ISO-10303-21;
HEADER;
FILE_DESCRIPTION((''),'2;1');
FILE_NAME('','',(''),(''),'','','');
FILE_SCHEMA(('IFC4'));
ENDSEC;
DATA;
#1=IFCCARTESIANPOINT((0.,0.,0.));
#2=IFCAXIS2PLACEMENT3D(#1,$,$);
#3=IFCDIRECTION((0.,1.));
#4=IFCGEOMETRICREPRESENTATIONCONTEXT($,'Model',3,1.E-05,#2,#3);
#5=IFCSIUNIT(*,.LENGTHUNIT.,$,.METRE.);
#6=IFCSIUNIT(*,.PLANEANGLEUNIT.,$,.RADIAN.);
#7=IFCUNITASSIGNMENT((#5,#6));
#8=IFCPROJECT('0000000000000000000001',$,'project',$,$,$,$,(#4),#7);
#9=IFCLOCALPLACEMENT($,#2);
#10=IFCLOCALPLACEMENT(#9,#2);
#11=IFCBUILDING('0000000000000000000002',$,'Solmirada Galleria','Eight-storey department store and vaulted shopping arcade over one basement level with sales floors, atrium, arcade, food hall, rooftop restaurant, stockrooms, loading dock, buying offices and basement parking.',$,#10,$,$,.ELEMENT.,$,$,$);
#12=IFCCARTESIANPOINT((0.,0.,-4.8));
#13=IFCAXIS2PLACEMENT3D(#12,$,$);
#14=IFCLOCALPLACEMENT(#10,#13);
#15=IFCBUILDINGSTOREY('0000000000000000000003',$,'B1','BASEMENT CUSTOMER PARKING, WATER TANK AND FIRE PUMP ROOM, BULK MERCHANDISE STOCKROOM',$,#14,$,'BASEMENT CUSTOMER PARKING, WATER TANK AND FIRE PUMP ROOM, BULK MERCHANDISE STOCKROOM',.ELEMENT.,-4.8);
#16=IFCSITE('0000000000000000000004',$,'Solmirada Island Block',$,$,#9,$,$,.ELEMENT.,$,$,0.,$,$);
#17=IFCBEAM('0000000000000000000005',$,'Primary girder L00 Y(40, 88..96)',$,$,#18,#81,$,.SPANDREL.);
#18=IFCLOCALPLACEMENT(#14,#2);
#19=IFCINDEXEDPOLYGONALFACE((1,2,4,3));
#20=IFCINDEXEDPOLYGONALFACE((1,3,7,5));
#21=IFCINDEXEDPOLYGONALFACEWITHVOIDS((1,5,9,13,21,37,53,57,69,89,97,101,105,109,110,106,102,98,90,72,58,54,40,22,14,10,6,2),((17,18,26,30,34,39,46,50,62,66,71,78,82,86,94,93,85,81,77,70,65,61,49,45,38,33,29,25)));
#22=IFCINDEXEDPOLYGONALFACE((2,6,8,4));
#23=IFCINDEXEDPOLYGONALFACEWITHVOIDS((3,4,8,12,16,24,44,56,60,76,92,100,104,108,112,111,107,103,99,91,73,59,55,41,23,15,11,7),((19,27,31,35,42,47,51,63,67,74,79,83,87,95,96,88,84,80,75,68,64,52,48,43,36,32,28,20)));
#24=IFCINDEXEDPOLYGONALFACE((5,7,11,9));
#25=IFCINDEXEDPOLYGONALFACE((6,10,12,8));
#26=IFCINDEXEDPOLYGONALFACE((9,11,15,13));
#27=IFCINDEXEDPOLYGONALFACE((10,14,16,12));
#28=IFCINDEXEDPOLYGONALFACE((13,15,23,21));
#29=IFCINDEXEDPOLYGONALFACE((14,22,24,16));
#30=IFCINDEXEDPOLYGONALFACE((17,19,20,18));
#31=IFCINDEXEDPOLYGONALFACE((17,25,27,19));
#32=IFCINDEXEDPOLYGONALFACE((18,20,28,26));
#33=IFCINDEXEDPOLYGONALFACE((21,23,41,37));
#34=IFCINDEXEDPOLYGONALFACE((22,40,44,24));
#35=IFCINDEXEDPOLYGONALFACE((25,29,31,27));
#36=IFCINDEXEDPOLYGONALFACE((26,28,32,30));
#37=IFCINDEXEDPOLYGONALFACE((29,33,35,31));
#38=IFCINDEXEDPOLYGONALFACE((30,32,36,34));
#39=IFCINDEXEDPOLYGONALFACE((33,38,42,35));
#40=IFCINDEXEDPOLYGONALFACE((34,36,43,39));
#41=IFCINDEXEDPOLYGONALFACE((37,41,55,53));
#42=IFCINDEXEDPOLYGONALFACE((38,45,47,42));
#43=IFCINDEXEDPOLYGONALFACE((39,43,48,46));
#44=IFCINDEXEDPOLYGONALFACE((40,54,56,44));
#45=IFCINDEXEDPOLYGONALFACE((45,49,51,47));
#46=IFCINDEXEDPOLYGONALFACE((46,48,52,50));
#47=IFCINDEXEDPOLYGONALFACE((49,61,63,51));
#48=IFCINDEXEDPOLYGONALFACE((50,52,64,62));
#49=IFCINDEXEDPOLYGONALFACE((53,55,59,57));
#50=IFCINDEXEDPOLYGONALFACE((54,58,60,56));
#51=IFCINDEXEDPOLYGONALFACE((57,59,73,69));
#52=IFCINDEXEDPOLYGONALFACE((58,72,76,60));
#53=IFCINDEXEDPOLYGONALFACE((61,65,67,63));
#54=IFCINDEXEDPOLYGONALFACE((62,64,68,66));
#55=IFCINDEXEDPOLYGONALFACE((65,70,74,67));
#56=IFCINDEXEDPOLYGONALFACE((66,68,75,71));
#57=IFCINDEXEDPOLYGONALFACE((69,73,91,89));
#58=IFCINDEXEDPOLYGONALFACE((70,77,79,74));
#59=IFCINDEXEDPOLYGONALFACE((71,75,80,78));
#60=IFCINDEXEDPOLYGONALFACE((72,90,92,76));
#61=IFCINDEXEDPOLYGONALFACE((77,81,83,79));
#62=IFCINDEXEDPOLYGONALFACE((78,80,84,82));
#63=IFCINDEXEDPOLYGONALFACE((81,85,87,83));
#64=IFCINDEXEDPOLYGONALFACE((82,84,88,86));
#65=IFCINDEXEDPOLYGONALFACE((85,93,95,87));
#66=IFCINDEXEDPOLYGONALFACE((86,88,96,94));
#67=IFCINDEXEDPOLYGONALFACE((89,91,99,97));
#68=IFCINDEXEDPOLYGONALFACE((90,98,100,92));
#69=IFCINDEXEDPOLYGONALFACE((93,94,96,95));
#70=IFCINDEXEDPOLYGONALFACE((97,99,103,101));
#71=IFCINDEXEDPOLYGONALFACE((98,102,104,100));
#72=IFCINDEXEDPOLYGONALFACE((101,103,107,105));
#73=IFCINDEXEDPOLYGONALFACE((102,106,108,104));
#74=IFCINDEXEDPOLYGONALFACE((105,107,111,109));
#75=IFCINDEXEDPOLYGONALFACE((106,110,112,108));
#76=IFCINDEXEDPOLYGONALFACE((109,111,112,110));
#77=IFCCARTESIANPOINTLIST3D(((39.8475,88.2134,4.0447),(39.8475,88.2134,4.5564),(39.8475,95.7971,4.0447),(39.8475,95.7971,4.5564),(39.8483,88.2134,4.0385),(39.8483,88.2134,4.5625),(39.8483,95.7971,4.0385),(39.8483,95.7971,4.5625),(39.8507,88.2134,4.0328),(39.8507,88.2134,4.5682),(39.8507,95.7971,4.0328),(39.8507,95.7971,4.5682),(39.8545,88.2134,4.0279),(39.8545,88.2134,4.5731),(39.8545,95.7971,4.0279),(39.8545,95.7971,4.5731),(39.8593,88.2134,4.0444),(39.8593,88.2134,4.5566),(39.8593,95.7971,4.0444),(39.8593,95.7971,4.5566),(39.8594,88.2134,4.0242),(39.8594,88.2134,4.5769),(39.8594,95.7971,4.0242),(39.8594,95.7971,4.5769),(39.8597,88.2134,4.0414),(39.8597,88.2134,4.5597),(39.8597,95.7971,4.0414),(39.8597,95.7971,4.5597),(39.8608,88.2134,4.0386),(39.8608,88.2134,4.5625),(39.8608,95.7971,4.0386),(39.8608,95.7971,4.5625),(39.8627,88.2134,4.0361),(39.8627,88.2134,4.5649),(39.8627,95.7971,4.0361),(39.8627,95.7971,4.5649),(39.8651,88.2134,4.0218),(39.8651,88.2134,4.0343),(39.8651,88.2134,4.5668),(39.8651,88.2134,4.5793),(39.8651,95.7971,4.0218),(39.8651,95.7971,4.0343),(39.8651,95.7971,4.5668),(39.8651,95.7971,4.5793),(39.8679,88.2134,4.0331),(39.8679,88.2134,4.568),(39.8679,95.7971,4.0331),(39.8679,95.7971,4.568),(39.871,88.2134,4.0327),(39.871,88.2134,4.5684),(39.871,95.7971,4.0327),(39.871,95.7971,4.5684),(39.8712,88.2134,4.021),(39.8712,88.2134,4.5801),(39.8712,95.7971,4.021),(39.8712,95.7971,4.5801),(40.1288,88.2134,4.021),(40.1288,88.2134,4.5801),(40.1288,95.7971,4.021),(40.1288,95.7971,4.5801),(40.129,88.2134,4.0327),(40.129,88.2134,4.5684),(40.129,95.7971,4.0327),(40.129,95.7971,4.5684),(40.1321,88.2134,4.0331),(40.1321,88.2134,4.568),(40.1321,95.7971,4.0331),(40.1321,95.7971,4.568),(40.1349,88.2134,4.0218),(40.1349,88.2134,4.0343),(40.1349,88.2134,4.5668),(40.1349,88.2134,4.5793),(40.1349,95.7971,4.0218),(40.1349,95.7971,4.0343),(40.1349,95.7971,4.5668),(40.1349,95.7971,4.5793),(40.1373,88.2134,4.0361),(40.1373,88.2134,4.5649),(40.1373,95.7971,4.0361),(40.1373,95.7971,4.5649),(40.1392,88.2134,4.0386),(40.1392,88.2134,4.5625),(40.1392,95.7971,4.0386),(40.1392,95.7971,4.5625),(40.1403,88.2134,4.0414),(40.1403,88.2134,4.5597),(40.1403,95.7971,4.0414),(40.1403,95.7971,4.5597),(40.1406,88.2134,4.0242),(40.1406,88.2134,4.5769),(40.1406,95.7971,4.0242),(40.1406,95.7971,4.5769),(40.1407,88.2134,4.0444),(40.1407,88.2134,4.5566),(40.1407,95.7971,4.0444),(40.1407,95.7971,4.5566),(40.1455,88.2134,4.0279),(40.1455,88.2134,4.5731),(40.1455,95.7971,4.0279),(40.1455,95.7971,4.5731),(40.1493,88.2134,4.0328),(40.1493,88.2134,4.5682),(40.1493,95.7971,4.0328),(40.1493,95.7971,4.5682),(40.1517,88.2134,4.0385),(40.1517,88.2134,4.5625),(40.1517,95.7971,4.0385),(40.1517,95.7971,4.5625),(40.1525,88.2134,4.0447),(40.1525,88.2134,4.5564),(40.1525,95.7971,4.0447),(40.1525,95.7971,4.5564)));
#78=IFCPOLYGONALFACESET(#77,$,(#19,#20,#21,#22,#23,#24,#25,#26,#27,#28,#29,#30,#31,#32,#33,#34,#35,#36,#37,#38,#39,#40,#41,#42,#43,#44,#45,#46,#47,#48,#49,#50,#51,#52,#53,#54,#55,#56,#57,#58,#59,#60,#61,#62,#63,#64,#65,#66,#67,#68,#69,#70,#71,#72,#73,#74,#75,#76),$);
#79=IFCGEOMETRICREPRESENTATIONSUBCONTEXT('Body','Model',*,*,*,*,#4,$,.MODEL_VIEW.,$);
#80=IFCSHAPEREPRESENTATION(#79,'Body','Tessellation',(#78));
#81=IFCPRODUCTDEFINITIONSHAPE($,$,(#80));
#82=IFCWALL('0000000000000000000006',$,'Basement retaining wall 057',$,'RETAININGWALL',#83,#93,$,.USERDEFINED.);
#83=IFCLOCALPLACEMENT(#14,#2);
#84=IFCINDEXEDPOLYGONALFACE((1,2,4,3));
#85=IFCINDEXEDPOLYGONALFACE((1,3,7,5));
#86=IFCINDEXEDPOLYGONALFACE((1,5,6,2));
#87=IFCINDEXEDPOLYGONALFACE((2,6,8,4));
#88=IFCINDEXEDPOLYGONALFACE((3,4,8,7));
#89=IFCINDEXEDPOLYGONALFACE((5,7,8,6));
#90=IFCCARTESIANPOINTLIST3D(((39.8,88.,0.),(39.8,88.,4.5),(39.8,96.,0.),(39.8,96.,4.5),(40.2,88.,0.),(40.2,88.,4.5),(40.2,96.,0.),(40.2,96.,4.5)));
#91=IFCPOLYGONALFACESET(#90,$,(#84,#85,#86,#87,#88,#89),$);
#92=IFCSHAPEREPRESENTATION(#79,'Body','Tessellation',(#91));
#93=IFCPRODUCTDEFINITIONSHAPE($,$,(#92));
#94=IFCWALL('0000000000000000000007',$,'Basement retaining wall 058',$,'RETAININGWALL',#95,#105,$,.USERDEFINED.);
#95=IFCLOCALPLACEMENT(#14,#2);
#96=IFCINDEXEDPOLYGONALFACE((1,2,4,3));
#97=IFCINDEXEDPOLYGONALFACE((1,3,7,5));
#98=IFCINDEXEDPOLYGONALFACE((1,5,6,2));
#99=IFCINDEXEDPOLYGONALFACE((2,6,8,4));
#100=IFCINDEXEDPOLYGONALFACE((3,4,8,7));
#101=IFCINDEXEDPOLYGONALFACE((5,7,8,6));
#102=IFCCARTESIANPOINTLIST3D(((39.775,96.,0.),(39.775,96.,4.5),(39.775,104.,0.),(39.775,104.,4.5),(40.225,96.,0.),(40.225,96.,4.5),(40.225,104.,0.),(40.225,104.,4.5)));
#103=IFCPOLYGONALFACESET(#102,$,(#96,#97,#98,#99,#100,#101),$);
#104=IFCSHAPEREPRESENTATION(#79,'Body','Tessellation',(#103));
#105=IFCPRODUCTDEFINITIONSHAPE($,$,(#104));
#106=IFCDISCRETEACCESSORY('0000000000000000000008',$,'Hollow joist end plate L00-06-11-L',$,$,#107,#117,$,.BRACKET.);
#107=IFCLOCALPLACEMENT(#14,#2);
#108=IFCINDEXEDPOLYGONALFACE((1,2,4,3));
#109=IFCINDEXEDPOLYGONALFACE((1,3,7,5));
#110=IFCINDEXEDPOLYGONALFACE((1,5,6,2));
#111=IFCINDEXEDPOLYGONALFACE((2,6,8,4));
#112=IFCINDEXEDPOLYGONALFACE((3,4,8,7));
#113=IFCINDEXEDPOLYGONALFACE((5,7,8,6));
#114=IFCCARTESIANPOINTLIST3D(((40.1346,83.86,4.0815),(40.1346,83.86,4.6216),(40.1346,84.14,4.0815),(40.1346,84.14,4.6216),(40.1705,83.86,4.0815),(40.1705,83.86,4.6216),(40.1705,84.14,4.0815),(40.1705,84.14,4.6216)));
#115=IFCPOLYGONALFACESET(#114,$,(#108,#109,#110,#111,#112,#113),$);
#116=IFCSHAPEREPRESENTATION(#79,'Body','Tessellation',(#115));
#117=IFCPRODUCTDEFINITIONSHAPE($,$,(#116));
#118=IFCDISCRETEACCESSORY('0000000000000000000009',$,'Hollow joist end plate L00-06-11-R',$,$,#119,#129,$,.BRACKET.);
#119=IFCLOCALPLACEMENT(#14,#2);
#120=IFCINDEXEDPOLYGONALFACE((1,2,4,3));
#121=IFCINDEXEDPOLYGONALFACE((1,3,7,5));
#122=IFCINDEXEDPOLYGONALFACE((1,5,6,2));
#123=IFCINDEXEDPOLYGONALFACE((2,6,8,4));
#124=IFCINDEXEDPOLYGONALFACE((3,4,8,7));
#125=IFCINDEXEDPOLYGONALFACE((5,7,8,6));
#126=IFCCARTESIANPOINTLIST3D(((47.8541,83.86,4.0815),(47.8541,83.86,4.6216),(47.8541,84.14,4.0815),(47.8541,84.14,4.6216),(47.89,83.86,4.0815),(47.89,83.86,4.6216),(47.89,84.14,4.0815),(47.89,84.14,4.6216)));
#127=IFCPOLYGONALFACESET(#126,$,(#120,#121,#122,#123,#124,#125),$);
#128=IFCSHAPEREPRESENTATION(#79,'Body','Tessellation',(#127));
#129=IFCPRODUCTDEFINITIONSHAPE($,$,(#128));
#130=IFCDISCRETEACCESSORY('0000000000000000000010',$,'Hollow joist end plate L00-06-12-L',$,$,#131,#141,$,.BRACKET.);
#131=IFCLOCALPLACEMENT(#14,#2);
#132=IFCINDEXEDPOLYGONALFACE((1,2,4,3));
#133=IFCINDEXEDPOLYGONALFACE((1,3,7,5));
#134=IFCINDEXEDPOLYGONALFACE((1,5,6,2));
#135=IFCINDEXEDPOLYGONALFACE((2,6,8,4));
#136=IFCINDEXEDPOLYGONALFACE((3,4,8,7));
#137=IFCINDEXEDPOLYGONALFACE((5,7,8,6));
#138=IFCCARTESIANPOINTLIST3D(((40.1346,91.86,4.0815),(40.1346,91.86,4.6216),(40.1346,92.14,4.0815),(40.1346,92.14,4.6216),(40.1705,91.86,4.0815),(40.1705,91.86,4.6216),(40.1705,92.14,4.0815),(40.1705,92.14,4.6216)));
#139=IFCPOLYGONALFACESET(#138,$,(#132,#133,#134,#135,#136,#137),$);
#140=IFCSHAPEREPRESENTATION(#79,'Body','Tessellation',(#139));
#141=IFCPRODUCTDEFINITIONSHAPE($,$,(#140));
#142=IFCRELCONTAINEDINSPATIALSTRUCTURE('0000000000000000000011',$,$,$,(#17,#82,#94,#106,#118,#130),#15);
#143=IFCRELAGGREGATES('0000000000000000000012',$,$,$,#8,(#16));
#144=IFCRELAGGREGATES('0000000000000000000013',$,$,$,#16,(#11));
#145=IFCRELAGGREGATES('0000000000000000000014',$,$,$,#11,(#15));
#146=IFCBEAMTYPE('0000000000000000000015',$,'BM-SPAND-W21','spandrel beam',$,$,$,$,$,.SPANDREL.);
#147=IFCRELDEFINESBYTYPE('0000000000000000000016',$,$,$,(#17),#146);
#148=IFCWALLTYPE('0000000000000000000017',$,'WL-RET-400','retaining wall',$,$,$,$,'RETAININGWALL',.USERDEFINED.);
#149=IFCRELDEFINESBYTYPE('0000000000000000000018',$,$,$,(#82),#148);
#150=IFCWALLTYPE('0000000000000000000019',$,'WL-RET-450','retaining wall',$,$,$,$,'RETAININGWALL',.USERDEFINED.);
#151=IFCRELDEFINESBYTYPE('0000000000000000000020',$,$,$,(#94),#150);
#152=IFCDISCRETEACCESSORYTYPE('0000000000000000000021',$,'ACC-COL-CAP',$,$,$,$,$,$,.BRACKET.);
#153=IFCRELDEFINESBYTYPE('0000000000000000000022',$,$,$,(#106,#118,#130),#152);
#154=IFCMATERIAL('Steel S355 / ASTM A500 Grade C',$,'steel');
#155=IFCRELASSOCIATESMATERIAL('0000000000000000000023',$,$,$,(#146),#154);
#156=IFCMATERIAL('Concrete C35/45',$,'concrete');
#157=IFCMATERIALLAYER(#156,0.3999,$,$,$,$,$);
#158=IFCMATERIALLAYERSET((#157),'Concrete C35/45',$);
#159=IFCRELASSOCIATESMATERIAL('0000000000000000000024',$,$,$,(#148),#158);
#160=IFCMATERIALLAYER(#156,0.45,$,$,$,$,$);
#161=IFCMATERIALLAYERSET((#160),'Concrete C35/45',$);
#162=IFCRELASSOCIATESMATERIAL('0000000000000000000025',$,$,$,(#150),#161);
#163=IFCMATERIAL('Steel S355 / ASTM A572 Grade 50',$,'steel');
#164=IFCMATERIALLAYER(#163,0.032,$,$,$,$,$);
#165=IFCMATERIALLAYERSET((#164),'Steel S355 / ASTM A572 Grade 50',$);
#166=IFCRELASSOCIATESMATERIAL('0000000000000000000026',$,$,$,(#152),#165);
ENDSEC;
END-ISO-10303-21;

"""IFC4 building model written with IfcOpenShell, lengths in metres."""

from ifc_helpers import new_model, si_unit, direction, frame, frame_2d, origin, origin_2d, place, context, subcontext, project, spatial, rectangle, hollow_rectangle, extrude, material, layer, layer_set, material_profile, profile_set, type_object, element, save


model = new_model("IFC4")

# Units and contexts
model_context = context("Model", 3, precision=1e-05, world=origin(), true_north=direction((0.0, 1.0)))
body_context = subcontext(model_context, "Body", "Model", "MODEL_VIEW")
ifc_project = project(units=[si_unit("LENGTHUNIT", "METRE"), si_unit("PLANEANGLEUNIT", "RADIAN")], contexts=[model_context])

# Site, building, storey
site_placement = place(None, origin())
site = spatial("IfcSite", under=ifc_project, at=site_placement, Name="Solmirada Island Block", CompositionType="ELEMENT", RefElevation=0.0)
building_placement = place(site_placement, origin())
building = spatial("IfcBuilding", under=site, at=building_placement, Name="Solmirada Galleria", Description="Eight-storey department store and vaulted shopping arcade over one basement level with sales floors, atrium, arcade, food hall, rooftop restaurant, stockrooms, loading dock, buying offices and basement parking.", CompositionType="ELEMENT")
storey_placement = place(building_placement, frame((0.0, 0.0, -4.8)))
storey = spatial("IfcBuildingStorey", under=building, at=storey_placement, Name="B1", Description="BASEMENT CUSTOMER PARKING, WATER TANK AND FIRE PUMP ROOM, BULK MERCHANDISE STOCKROOM", LongName="BASEMENT CUSTOMER PARKING, WATER TANK AND FIRE PUMP ROOM, BULK MERCHANDISE STOCKROOM", CompositionType="ELEMENT", Elevation=-4.8)

# Shared definitions
ifc_material_1 = material(Name="Concrete C35/45", Category="concrete")

# Shared definitions
ifc_material_2 = material(Name="Steel S355 / ASTM A500 Grade C", Category="steel")

# Beam
ifc_material_profile_1 = material_profile(ifc_material_2, hollow_rectangle(XDim=0.3049, YDim=0.5591, WallThickness=0.0117, InnerFilletRadius=0.0117, OuterFilletRadius=0.0237, at=origin_2d()), Name="HSS22X12X1/2")
ifc_profile_set_1 = profile_set([ifc_material_profile_1], Name="Steel S355 / ASTM A500 Grade C")
beam_type_1 = type_object("IfcBeamType", Name="BM-SPAND-W21", Description="spandrel beam", PredefinedType="SPANDREL", material=ifc_profile_set_1)
beam_1_placement = place(storey_placement, frame((40.0, 88.2134, 4.3005), z_axis=(0.0, 1.0, 0.0), x_axis=(-1.0, 0.0, 0.0)))
element("IfcBeam", 1, at=beam_1_placement, inside=storey, type_object=beam_type_1, Name="Primary girder L00 Y(40, 88..96)", PredefinedType="SPANDREL", context=body_context, shape_type="SweptSolid", body=[
    extrude(hollow_rectangle(XDim=0.3049, YDim=0.5591, WallThickness=0.0117, InnerFilletRadius=0.0117, OuterFilletRadius=0.0237, at=origin_2d()), origin(), (0.0, 0.0, 1.0), 7.5837),
])

# Walls
ifc_layer_1 = layer(ifc_material_1, 0.3999)
ifc_layer_set_1 = layer_set([ifc_layer_1], Name="Concrete C35/45")
wall_type_1 = type_object("IfcWallType", Name="WL-RET-400", Description="retaining wall", ElementType="RETAININGWALL", PredefinedType="USERDEFINED", material=ifc_layer_set_1)
wall_1_placement = place(storey_placement, frame((40.0, 88.0, 0.0), z_axis=(0.0, 0.0, 1.0), x_axis=(0.0, 1.0, 0.0)))
element("IfcWall", 2, at=wall_1_placement, inside=storey, type_object=wall_type_1, Name="Basement retaining wall 057", ObjectType="RETAININGWALL", PredefinedType="USERDEFINED", context=body_context, shape_type="SweptSolid", body=[
    extrude(rectangle(XDim=8.0, YDim=0.3999, at=frame_2d((4.0, 0.0))), origin(), (0.0, 0.0, 1.0), 4.5),
])
ifc_layer_2 = layer(ifc_material_1, 0.45)
ifc_layer_set_2 = layer_set([ifc_layer_2], Name="Concrete C35/45")
wall_type_2 = type_object("IfcWallType", Name="WL-RET-450", Description="retaining wall", ElementType="RETAININGWALL", PredefinedType="USERDEFINED", material=ifc_layer_set_2)
wall_2_placement = place(storey_placement, frame((40.0, 96.0, 0.0), z_axis=(0.0, 0.0, 1.0), x_axis=(0.0, 1.0, 0.0)))
element("IfcWall", 3, at=wall_2_placement, inside=storey, type_object=wall_type_2, Name="Basement retaining wall 058", ObjectType="RETAININGWALL", PredefinedType="USERDEFINED", context=body_context, shape_type="SweptSolid", body=[
    extrude(rectangle(XDim=8.0, YDim=0.45, at=frame_2d((4.0, 0.0))), origin(), (0.0, 0.0, 1.0), 4.5),
])

# Discrete accessories
ifc_material_3 = material(Name="Steel S355 / ASTM A572 Grade 50", Category="steel")
ifc_layer_3 = layer(ifc_material_3, 0.032)
ifc_layer_set_3 = layer_set([ifc_layer_3], Name="Steel S355 / ASTM A572 Grade 50")
discrete_accessory_type = type_object("IfcDiscreteAccessoryType", Name="ACC-COL-CAP", PredefinedType="BRACKET", material=ifc_layer_set_3)
for number, where, z_axis, x_axis, name in (
    (4, (40.1526, 84.0, 4.0815), (0.0, 0.0, 1.0), (1.0, 0.0, 0.0), "Hollow joist end plate L00-06-11-L"),
    (5, (47.8721, 84.0, 4.0815), (0.0, 0.0, 1.0), (1.0, 0.0, 0.0), "Hollow joist end plate L00-06-11-R"),
    (6, (40.1526, 92.0, 4.0815), (0.0, 0.0, 1.0), (1.0, 0.0, 0.0), "Hollow joist end plate L00-06-12-L"),
):
    element("IfcDiscreteAccessory", number, at=place(storey_placement, frame(where, z_axis=z_axis, x_axis=x_axis)), inside=storey, type_object=discrete_accessory_type, Name=name, PredefinedType="BRACKET", context=body_context, shape_type="SweptSolid", body=[
        extrude(rectangle(XDim=0.0359, YDim=0.28, at=origin_2d()), origin(), (0.0, 0.0, 1.0), 0.54),
    ])

save(model, "model.ifc")
